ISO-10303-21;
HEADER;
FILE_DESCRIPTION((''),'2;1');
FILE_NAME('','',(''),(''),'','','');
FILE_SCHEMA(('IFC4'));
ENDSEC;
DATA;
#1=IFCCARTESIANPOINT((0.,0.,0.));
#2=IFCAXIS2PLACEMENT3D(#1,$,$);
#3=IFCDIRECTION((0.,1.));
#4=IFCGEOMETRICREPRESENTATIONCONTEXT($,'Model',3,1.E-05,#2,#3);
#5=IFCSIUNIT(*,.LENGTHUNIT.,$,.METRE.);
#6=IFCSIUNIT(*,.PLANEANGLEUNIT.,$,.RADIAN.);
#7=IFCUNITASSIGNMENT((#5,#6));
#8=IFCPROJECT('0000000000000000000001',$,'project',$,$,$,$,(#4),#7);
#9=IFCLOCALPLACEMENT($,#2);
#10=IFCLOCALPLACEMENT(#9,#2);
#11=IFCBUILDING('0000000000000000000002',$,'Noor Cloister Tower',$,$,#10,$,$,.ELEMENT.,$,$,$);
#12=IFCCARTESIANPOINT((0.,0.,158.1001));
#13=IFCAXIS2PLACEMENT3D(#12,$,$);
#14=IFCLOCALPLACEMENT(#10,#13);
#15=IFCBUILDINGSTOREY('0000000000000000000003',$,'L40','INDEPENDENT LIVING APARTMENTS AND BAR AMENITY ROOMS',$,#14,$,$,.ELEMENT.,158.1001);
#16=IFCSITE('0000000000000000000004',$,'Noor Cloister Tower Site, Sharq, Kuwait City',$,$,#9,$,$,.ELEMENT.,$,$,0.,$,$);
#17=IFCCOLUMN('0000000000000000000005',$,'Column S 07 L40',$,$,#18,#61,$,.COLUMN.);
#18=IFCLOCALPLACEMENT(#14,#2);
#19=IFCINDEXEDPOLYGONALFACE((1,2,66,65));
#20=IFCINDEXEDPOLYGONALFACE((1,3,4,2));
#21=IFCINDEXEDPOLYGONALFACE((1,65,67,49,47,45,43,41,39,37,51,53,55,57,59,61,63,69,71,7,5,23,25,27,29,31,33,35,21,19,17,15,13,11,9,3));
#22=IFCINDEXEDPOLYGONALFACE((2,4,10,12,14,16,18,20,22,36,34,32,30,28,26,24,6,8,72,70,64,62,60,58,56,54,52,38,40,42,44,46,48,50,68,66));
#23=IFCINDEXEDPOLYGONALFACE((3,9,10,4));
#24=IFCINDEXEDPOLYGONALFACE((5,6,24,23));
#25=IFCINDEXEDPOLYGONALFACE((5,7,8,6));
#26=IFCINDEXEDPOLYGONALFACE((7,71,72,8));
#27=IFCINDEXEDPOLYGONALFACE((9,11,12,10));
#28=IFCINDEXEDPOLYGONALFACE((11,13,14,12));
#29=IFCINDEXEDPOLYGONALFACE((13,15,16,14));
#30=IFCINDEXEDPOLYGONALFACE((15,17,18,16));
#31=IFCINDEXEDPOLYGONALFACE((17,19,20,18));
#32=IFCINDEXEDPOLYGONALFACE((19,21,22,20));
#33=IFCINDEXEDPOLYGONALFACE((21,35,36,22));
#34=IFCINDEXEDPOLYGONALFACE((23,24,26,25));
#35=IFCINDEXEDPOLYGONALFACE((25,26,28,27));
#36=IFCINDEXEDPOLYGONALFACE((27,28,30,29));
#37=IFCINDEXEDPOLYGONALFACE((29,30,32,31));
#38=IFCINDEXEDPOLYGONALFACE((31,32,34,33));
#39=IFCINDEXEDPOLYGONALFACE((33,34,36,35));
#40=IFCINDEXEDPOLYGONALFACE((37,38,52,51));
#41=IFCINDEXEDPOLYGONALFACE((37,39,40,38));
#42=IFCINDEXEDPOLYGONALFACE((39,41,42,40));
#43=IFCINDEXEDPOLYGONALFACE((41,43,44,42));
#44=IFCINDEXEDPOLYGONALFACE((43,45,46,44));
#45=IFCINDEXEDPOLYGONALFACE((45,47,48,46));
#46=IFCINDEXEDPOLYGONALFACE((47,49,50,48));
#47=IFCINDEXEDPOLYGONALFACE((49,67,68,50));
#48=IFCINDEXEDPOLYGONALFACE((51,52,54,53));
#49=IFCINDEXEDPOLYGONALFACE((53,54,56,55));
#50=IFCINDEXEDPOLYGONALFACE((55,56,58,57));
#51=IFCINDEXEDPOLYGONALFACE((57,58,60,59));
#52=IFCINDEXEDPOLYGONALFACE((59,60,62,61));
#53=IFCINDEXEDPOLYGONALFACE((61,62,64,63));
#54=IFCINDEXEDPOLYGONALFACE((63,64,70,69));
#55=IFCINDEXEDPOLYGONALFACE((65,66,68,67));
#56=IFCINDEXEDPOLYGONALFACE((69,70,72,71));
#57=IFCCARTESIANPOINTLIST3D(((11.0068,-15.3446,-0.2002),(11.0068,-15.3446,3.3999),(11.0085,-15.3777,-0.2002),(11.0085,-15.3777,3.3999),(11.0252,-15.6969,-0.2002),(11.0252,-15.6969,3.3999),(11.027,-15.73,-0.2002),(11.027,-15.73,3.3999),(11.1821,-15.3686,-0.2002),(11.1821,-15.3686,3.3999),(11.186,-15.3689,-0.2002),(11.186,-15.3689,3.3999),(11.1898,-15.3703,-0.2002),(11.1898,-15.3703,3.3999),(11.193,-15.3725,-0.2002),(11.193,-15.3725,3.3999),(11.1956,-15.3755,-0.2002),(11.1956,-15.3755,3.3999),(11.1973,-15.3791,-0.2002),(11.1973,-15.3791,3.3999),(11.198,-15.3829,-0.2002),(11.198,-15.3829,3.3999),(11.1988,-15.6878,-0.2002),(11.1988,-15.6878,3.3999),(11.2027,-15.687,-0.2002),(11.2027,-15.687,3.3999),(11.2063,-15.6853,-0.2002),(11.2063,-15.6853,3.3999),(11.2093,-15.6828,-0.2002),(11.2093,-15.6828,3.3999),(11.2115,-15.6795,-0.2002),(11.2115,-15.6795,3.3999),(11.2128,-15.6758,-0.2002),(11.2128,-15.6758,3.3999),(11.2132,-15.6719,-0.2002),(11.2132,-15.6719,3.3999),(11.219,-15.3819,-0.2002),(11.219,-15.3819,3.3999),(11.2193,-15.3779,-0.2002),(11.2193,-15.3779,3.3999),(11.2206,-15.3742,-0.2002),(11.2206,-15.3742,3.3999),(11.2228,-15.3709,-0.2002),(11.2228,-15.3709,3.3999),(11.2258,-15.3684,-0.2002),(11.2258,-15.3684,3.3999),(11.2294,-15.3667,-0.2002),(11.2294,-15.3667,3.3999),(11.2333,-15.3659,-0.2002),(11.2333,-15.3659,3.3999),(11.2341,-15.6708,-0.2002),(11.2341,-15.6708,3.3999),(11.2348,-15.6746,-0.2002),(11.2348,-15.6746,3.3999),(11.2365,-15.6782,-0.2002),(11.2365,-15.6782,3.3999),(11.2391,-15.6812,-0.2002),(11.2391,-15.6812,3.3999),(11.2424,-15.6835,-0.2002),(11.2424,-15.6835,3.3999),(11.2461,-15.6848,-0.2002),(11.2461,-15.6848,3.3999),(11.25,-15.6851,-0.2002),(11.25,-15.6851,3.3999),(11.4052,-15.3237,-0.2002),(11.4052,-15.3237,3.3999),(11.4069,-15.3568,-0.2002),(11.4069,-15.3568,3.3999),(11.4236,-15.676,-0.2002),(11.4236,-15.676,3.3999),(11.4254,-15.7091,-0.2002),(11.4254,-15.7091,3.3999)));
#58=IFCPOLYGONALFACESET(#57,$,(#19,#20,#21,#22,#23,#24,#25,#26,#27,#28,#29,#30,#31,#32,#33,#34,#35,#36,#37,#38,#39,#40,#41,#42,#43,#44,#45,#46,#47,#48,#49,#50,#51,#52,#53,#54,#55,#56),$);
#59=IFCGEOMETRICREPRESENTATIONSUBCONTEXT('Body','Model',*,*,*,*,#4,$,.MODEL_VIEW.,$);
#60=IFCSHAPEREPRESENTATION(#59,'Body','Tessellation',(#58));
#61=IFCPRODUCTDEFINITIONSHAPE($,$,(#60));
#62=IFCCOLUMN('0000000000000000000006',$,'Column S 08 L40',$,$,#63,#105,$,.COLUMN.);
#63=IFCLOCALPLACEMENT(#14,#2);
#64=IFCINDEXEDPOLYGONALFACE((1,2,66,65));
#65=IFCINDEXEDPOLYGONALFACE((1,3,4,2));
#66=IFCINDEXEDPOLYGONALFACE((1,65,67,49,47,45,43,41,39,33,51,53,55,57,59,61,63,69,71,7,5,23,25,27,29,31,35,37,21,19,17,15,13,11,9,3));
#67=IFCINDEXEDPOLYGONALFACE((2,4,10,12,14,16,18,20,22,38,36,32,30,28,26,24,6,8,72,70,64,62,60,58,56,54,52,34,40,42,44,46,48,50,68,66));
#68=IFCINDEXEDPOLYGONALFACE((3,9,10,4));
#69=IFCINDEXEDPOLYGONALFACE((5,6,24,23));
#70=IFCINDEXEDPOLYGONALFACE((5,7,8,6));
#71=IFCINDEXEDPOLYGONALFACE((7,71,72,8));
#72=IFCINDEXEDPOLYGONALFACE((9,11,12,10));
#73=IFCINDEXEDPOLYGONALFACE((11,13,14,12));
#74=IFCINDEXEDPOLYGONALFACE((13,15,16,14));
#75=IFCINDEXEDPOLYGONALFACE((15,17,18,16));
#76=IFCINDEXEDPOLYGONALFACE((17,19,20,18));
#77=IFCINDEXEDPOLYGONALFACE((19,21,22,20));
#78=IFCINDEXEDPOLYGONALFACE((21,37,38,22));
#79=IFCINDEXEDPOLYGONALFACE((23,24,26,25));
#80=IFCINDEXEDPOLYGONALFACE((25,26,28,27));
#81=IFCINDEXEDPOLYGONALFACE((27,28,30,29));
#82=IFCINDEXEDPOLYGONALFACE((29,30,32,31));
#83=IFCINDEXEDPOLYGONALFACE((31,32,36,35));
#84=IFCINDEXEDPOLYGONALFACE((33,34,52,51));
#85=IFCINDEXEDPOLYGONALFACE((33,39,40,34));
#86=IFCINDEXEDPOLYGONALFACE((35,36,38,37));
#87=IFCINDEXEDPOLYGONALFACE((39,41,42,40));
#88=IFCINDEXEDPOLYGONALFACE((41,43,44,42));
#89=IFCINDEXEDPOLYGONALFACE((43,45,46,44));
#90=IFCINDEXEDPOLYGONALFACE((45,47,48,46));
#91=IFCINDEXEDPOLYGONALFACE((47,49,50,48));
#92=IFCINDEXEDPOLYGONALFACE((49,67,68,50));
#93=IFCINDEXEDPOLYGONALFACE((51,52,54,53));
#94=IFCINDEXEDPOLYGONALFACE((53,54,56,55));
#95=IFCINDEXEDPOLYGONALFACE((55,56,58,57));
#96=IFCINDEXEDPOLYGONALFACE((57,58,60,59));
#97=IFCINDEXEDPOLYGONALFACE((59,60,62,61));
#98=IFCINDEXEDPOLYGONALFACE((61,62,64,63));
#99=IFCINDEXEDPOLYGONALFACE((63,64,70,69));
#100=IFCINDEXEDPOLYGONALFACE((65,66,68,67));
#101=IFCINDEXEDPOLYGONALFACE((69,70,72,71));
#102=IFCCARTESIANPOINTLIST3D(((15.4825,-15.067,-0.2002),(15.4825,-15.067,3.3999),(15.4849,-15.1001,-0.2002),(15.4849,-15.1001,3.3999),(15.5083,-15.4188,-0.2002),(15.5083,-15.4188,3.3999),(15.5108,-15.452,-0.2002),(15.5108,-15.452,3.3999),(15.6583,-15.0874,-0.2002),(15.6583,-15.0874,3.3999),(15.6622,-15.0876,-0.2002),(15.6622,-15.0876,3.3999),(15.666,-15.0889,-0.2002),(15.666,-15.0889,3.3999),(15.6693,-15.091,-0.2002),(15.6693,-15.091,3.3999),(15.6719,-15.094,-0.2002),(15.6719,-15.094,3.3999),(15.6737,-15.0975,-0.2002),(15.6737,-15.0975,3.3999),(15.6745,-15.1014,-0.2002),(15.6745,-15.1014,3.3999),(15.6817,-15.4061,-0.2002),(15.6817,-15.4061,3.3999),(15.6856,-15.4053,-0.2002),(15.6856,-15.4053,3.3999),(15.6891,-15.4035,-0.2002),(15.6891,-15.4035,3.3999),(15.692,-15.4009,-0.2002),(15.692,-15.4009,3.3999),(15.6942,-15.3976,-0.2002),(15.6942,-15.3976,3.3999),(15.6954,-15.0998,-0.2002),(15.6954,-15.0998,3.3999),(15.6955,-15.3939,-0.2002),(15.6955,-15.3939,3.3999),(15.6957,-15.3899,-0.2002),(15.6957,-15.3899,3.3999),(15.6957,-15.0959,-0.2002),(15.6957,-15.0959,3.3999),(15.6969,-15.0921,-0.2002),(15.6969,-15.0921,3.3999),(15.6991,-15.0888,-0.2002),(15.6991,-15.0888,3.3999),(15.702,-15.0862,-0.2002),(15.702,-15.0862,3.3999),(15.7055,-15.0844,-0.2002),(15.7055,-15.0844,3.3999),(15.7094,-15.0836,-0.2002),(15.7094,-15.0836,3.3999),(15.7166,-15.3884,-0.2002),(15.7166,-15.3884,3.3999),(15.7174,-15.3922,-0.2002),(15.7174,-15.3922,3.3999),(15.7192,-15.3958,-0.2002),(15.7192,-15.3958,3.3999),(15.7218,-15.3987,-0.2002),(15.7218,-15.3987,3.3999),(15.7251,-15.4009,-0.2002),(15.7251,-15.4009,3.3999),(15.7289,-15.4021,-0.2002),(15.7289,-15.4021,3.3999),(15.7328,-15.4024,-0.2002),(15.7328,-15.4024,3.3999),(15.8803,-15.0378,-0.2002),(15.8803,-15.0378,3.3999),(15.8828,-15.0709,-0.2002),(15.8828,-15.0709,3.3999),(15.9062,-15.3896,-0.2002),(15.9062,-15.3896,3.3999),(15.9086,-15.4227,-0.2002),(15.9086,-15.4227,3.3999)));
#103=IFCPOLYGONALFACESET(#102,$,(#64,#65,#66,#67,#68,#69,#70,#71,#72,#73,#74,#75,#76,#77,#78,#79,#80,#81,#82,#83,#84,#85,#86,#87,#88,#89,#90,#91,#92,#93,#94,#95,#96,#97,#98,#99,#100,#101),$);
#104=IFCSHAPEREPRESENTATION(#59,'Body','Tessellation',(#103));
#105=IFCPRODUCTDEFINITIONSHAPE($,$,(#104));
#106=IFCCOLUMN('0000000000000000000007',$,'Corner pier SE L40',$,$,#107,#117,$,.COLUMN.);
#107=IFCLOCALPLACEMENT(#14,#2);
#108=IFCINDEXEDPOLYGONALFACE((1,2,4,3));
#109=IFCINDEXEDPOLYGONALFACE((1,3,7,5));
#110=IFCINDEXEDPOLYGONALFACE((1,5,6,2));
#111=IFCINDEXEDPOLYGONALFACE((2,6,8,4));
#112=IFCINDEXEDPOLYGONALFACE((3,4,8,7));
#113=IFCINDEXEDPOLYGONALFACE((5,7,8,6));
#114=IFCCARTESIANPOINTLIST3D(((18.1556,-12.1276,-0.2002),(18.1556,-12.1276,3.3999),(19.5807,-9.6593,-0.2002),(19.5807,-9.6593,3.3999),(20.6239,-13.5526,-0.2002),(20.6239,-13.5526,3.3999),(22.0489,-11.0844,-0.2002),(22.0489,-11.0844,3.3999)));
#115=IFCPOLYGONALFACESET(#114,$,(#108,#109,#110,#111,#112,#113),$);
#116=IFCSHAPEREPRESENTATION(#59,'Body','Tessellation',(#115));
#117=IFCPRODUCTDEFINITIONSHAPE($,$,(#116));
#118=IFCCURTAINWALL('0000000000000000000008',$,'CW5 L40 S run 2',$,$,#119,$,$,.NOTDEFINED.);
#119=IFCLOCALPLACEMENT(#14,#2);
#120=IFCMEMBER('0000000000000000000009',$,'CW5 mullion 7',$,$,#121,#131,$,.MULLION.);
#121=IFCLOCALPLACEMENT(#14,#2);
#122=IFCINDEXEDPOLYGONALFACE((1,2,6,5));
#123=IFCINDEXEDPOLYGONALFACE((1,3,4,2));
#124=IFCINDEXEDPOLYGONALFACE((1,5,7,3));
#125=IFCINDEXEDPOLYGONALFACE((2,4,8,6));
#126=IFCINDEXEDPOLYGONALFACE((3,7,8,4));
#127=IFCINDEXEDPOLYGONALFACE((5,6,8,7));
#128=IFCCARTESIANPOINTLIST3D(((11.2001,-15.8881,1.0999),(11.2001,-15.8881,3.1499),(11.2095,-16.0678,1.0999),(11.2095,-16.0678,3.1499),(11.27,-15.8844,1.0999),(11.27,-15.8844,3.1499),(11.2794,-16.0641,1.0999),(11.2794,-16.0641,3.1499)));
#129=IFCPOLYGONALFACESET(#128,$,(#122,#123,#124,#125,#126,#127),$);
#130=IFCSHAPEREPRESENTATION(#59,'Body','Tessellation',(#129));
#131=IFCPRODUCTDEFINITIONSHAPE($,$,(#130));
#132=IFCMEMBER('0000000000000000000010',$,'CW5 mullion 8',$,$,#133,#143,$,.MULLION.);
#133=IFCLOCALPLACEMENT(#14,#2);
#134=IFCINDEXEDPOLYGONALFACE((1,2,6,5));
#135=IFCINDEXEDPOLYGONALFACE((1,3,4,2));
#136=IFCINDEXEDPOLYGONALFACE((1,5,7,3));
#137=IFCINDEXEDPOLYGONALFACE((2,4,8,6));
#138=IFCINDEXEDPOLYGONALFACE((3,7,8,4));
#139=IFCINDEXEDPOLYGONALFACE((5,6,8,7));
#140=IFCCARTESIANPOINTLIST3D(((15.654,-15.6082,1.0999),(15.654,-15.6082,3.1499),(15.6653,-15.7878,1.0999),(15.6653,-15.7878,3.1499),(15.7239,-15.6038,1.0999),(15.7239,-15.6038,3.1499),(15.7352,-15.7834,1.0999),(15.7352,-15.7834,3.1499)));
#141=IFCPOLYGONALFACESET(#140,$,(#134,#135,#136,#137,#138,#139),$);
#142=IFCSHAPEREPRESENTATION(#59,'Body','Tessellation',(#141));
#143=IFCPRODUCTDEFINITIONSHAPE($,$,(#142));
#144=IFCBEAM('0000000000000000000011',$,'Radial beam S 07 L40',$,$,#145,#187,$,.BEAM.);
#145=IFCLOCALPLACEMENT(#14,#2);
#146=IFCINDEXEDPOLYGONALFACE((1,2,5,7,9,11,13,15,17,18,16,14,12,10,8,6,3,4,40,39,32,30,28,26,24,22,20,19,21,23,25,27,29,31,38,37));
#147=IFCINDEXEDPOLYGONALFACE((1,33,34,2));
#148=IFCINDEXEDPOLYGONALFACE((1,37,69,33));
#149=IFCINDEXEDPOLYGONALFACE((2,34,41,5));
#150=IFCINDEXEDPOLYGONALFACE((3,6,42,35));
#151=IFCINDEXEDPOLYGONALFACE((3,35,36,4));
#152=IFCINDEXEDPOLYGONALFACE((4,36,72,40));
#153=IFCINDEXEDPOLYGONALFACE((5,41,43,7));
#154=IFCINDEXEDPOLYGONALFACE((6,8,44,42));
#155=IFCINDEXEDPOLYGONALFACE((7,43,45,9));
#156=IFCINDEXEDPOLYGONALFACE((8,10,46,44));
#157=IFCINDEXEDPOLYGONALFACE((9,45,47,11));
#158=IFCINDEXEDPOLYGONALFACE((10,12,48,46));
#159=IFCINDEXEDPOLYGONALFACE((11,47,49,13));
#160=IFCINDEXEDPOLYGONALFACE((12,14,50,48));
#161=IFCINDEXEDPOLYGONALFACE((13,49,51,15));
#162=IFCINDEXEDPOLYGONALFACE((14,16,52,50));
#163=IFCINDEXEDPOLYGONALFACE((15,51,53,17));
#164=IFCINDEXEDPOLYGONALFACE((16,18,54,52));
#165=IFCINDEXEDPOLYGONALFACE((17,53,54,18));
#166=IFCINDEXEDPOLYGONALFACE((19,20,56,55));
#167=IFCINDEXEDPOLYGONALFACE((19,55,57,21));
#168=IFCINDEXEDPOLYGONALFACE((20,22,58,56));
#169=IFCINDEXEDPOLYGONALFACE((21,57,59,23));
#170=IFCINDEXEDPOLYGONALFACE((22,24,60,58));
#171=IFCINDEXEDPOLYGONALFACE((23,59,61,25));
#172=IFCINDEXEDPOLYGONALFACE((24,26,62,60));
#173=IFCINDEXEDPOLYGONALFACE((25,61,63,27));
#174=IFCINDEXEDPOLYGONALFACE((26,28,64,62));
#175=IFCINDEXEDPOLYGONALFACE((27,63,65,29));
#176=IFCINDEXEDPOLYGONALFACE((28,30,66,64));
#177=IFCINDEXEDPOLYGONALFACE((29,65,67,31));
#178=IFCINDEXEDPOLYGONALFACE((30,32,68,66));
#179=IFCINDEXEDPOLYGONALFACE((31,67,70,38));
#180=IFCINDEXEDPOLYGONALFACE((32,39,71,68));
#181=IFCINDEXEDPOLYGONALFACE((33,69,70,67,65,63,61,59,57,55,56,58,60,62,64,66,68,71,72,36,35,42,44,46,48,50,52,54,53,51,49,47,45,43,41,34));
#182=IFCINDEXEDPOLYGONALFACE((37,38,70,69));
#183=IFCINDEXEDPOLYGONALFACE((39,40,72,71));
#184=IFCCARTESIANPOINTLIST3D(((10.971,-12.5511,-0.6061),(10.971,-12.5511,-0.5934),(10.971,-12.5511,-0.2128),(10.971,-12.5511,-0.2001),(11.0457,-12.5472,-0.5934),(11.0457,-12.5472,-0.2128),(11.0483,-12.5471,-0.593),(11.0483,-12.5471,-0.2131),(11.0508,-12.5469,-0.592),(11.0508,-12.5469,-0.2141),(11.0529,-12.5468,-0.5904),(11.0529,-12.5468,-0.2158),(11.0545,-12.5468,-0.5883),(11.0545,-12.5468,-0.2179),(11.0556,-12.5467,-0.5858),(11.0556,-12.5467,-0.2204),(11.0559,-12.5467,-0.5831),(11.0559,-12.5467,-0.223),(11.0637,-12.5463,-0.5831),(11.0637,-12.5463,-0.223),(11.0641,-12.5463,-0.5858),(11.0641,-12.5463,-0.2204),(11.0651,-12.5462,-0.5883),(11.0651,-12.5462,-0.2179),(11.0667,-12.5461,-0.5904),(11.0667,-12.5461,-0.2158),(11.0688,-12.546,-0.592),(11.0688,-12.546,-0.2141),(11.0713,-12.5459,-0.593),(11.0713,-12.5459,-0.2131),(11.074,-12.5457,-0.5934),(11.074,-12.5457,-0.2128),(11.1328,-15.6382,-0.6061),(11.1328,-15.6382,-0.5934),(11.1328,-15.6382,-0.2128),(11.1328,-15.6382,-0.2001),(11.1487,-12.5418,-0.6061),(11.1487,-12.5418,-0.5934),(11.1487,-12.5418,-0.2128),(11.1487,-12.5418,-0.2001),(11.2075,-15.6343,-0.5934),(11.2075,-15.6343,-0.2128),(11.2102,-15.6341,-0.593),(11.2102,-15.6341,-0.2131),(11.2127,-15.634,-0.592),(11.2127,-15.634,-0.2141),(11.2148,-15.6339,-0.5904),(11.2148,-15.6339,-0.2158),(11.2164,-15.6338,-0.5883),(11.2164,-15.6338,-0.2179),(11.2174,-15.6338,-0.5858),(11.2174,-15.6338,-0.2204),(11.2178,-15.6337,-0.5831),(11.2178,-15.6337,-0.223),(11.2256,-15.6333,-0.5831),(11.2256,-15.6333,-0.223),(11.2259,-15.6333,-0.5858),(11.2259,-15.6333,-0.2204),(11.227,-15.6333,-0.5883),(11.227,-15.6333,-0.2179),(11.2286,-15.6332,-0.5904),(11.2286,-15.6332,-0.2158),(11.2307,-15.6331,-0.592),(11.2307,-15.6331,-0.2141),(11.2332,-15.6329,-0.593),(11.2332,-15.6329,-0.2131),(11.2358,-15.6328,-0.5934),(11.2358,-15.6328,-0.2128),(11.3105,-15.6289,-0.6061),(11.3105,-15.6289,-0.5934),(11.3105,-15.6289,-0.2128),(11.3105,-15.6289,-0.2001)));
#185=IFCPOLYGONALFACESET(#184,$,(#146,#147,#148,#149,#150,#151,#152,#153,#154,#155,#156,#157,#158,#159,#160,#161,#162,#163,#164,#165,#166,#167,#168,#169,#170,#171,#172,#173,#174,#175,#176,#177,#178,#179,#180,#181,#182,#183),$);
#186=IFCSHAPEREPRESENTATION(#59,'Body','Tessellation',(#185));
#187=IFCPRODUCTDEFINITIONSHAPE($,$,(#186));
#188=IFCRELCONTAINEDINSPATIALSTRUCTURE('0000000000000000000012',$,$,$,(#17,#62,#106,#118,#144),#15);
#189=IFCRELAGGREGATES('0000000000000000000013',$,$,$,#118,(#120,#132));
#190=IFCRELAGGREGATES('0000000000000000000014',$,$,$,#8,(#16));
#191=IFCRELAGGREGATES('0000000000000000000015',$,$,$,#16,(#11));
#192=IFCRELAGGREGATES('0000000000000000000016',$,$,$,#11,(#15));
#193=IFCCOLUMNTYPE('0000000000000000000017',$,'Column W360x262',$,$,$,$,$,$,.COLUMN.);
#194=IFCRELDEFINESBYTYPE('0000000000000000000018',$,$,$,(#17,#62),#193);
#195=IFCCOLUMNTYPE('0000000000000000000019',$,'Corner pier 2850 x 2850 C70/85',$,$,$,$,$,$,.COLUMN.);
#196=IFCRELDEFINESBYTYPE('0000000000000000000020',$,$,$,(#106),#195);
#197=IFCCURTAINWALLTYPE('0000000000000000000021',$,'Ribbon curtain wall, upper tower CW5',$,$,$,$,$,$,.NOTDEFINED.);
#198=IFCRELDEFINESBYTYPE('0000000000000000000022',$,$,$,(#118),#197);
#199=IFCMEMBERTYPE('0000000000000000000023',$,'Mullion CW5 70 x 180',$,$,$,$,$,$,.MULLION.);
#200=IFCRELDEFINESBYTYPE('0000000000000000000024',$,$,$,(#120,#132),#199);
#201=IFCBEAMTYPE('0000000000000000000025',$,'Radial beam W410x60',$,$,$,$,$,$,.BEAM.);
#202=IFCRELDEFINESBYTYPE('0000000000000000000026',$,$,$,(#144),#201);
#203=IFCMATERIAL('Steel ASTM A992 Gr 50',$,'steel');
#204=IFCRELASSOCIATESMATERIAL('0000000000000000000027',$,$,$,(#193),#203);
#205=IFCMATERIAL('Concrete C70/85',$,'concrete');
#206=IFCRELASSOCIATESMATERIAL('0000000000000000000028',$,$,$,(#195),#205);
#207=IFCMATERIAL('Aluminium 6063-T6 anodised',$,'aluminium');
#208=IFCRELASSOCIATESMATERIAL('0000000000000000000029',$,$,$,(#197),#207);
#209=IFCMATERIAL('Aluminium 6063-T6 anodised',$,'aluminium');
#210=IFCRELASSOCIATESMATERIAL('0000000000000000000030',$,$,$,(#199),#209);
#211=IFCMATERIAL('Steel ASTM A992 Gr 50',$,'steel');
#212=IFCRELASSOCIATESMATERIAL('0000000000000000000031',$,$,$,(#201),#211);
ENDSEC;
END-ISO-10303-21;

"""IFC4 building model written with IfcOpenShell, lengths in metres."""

from ifc_helpers import new_model, si_unit, direction, frame, origin, origin_2d, place, context, subcontext, project, spatial, rectangle, i_section, extrude, material, material_profile, profile_set, type_object, element, aggregate, save


model = new_model("IFC4")

# Units and contexts
model_context = context("Model", 3, precision=1e-05, world=origin(), true_north=direction((0.0, 1.0)))
body_context = subcontext(model_context, "Body", "Model", "MODEL_VIEW")
ifc_project = project(units=[si_unit("LENGTHUNIT", "METRE"), si_unit("PLANEANGLEUNIT", "RADIAN")], contexts=[model_context])

# Site, building, storey
site_placement = place(None, origin())
site = spatial("IfcSite", under=ifc_project, at=site_placement, Name="Noor Cloister Tower Site, Sharq, Kuwait City", CompositionType="ELEMENT", RefElevation=0.0)
building_placement = place(site_placement, origin())
building = spatial("IfcBuilding", under=site, at=building_placement, Name="Noor Cloister Tower", CompositionType="ELEMENT")
storey_placement = place(building_placement, frame((0.0, 0.0, 158.1001)))
storey = spatial("IfcBuildingStorey", under=building, at=storey_placement, Name="L40", Description="INDEPENDENT LIVING APARTMENTS AND BAR AMENITY ROOMS", CompositionType="ELEMENT", Elevation=158.1001)

# Columns
ifc_material_1 = material(Name="Steel ASTM A992 Gr 50", Category="steel")
ifc_material_profile_1 = material_profile(ifc_material_1, i_section(OverallWidth=0.3989, OverallDepth=0.386, WebThickness=0.021, FlangeThickness=0.0332, FilletRadius=0.0151, at=origin_2d()), Name="W360x262")
ifc_profile_set_1 = profile_set([ifc_material_profile_1], Name="Steel ASTM A992 Gr 50")
column_type_1 = type_object("IfcColumnType", Name="Column W360x262", PredefinedType="COLUMN", material=ifc_profile_set_1)
for number, where, z_axis, x_axis, name in (
    (1, (11.2161, -15.5269, -0.2002), (0.0, 0.0, 1.0), (0.998629, 0.052342, 0.0), "Column S 07 L40"),
    (2, (15.6956, -15.2449, -0.2002), (0.0, 0.0, 1.0), (0.997314, 0.073247, 0.0), "Column S 08 L40"),
):
    element("IfcColumn", number, at=place(storey_placement, frame(where, z_axis=z_axis, x_axis=x_axis)), inside=storey, type_object=column_type_1, Name=name, PredefinedType="COLUMN", context=body_context, shape_type="SweptSolid", body=[
        extrude(i_section(OverallWidth=0.3989, OverallDepth=0.386, WebThickness=0.021, FlangeThickness=0.0332, FilletRadius=0.0151, at=origin_2d()), origin(), (0.0, 0.0, 1.0), 3.6001),
    ])
ifc_material_2 = material(Name="Concrete C70/85", Category="concrete")
ifc_material_profile_2 = material_profile(ifc_material_2, rectangle(XDim=2.8501, YDim=2.8501, at=origin_2d()), Name="RC 2850x2850")
ifc_profile_set_2 = profile_set([ifc_material_profile_2], Name="Concrete C70/85")
column_type_2 = type_object("IfcColumnType", Name="Corner pier 2850 x 2850 C70/85", PredefinedType="COLUMN", material=ifc_profile_set_2)
column_placement = place(storey_placement, frame((20.1023, -11.606, -0.2002), z_axis=(0.0, 0.0, 1.0), x_axis=(0.866025, -0.5, 0.0)))
element("IfcColumn", 3, at=column_placement, inside=storey, type_object=column_type_2, Name="Corner pier SE L40", PredefinedType="COLUMN", context=body_context, shape_type="SweptSolid", body=[
    extrude(rectangle(XDim=2.8501, YDim=2.8501, at=origin_2d()), origin(), (0.0, 0.0, 1.0), 3.6001),
])

# Curtain wall, members
ifc_material_3 = material(Name="Aluminium 6063-T6 anodised", Category="aluminium")
curtain_wall_type = type_object("IfcCurtainWallType", Name="Ribbon curtain wall, upper tower CW5", PredefinedType="NOTDEFINED", material=ifc_material_3)
curtain_wall_placement = place(storey_placement, origin())
curtain_wall = element("IfcCurtainWall", 4, at=curtain_wall_placement, inside=storey, type_object=curtain_wall_type, Name="CW5 L40 S run 2", PredefinedType="NOTDEFINED")
ifc_material_4 = material(Name="Aluminium 6063-T6 anodised", Category="aluminium")
ifc_material_profile_3 = material_profile(ifc_material_4, rectangle(XDim=0.1799, YDim=0.0701, at=origin_2d()), Name="180 x 70 mullion")
ifc_profile_set_3 = profile_set([ifc_material_profile_3], Name="Aluminium 6063-T6 anodised")
member_type = type_object("IfcMemberType", Name="Mullion CW5 70 x 180", PredefinedType="MULLION", material=ifc_profile_set_3)
member_1_placement = place(storey_placement, frame((11.2397, -15.9761, 1.0999), z_axis=(0.0, 0.0, 1.0), x_axis=(-0.052342, 0.998629, 0.0)))
member_1 = element("IfcMember", 5, at=member_1_placement, type_object=member_type, Name="CW5 mullion 7", PredefinedType="MULLION", context=body_context, shape_type="SweptSolid", body=[
    extrude(rectangle(XDim=0.1799, YDim=0.0701, at=origin_2d()), origin(), (0.0, 0.0, 1.0), 2.05),
])
member_2_placement = place(storey_placement, frame((15.6946, -15.6958, 1.0999), z_axis=(0.0, 0.0, 1.0), x_axis=(-0.062798, 0.998026, 0.0)))
member_2 = element("IfcMember", 6, at=member_2_placement, type_object=member_type, Name="CW5 mullion 8", PredefinedType="MULLION", context=body_context, shape_type="SweptSolid", body=[
    extrude(rectangle(XDim=0.1799, YDim=0.0701, at=origin_2d()), origin(), (0.0, 0.0, 1.0), 2.05),
])

# Beam
ifc_material_5 = material(Name="Steel ASTM A992 Gr 50", Category="steel")
ifc_material_profile_4 = material_profile(ifc_material_5, i_section(OverallWidth=0.178, OverallDepth=0.406, WebThickness=0.0078, FlangeThickness=0.0127, FilletRadius=0.0103, at=origin_2d()), Name="W410x60")
ifc_profile_set_4 = profile_set([ifc_material_profile_4], Name="Steel ASTM A992 Gr 50")
beam_type_1 = type_object("IfcBeamType", Name="Radial beam W410x60", PredefinedType="BEAM", material=ifc_profile_set_4)
beam_1_placement = place(storey_placement, frame((11.2217, -15.6335, -0.4031), z_axis=(-0.05236, 0.998628, 0.0), x_axis=(-0.998628, -0.05236, 0.0)))
element("IfcBeam", 7, at=beam_1_placement, inside=storey, type_object=beam_type_1, Name="Radial beam S 07 L40", PredefinedType="BEAM", context=body_context, shape_type="SweptSolid", body=[
    extrude(i_section(OverallWidth=0.178, OverallDepth=0.406, WebThickness=0.0078, FlangeThickness=0.0127, FilletRadius=0.0103, at=origin_2d()), origin(), (0.0, 0.0, 1.0), 3.0913),
])

aggregate(curtain_wall, [member_1, member_2])

save(model, "model.ifc")
